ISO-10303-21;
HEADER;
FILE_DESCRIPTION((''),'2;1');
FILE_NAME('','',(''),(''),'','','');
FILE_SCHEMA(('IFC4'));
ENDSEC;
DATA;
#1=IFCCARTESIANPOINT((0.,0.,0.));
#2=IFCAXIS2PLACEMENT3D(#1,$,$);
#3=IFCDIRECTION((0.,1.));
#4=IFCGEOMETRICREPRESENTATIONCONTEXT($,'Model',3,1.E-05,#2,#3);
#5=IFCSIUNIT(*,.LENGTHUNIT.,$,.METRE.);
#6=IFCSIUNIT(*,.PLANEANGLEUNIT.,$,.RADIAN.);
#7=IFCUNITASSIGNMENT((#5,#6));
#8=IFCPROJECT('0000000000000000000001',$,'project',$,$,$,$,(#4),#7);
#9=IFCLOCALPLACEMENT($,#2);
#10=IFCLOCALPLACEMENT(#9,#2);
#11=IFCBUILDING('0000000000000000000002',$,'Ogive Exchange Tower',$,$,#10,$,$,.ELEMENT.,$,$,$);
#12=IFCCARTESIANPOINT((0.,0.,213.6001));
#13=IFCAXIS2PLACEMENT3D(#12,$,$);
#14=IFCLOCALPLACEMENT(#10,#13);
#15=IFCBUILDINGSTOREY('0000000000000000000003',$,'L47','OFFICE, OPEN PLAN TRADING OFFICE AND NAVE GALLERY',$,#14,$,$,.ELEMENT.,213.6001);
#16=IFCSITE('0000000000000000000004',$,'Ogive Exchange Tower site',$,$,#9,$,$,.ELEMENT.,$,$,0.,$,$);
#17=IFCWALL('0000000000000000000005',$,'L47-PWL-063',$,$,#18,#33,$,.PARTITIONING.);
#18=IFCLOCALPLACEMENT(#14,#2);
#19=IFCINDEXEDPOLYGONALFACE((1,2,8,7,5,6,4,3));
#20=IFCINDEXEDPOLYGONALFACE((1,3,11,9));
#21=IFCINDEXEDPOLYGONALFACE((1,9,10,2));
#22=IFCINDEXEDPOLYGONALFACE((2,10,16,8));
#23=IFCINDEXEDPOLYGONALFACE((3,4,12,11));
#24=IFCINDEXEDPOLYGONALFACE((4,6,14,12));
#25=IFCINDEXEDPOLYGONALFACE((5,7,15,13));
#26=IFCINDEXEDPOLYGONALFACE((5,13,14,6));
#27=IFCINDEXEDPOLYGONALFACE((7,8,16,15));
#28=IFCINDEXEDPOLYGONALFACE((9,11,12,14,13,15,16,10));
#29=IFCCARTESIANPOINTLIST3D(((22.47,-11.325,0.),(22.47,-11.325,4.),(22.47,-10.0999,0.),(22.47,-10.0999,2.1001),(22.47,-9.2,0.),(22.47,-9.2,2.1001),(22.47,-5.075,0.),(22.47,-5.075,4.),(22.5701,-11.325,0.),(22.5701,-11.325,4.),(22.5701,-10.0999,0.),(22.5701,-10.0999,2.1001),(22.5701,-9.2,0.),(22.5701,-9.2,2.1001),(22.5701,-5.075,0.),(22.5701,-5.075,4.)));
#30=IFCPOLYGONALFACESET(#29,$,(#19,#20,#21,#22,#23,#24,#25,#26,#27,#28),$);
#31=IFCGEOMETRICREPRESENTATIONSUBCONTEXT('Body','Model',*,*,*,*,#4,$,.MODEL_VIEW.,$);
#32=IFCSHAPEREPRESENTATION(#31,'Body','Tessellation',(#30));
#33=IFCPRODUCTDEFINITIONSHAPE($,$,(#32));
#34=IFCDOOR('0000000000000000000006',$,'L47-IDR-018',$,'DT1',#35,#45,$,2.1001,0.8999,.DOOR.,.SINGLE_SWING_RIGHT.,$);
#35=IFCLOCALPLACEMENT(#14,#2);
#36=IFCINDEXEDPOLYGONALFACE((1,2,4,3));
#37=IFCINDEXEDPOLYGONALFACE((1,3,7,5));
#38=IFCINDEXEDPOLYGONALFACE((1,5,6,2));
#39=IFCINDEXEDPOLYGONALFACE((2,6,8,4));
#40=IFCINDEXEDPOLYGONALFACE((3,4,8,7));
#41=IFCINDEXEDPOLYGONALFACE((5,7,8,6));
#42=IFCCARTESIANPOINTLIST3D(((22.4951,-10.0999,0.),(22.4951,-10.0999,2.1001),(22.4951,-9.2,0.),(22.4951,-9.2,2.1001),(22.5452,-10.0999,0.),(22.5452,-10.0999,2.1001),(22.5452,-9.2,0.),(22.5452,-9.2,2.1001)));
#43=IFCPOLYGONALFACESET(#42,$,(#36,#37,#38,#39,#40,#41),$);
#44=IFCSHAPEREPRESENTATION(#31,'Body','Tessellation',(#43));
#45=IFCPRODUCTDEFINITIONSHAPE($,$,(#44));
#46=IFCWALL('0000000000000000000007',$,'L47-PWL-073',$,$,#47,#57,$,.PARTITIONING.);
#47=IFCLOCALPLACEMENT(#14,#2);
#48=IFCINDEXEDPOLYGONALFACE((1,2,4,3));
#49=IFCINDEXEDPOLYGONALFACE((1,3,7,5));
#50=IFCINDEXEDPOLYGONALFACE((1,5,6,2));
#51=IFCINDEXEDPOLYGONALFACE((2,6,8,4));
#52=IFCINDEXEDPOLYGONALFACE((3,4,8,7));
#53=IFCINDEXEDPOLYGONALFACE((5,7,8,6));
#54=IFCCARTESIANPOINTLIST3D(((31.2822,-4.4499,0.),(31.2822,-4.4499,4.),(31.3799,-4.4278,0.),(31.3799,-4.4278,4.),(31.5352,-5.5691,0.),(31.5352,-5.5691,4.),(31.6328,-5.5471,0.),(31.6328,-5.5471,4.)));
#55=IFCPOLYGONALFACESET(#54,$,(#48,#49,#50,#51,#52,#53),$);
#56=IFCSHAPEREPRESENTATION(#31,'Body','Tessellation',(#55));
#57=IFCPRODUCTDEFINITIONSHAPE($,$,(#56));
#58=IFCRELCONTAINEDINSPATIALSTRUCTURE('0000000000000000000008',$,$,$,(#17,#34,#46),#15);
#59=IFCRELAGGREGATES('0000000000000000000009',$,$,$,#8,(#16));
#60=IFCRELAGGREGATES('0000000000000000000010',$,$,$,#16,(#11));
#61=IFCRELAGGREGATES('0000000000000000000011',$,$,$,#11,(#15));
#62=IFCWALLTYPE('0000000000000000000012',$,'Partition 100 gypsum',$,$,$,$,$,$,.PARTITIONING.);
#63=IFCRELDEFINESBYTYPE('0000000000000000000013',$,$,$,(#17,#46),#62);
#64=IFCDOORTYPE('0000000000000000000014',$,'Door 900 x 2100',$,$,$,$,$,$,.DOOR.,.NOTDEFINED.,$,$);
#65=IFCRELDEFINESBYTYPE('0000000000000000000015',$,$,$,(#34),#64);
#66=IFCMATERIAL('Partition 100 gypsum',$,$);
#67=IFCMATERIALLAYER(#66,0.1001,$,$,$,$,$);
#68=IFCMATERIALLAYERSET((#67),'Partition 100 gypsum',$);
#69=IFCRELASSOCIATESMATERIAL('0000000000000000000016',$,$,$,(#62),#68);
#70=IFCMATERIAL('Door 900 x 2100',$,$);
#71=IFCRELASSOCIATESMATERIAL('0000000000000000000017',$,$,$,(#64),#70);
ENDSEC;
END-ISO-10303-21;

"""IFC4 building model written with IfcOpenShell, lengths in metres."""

from ifc_helpers import new_model, si_unit, direction, frame, frame_2d, origin, place, context, subcontext, project, spatial, rectangle, extrude, material, layer, layer_set, type_object, element, fill, save


model = new_model("IFC4")

# Units and contexts
model_context = context("Model", 3, precision=1e-05, world=origin(), true_north=direction((0.0, 1.0)))
body_context = subcontext(model_context, "Body", "Model", "MODEL_VIEW")
ifc_project = project(units=[si_unit("LENGTHUNIT", "METRE"), si_unit("PLANEANGLEUNIT", "RADIAN")], contexts=[model_context])

# Site, building, storey
site_placement = place(None, origin())
site = spatial("IfcSite", under=ifc_project, at=site_placement, Name="Ogive Exchange Tower site", CompositionType="ELEMENT", RefElevation=0.0)
building_placement = place(site_placement, origin())
building = spatial("IfcBuilding", under=site, at=building_placement, Name="Ogive Exchange Tower", CompositionType="ELEMENT")
storey_placement = place(building_placement, frame((0.0, 0.0, 213.6001)))
storey = spatial("IfcBuildingStorey", under=building, at=storey_placement, Name="L47", Description="OFFICE, OPEN PLAN TRADING OFFICE AND NAVE GALLERY", CompositionType="ELEMENT", Elevation=213.6001)

# Wall, opening, door
ifc_material_1 = material(Name="Partition 100 gypsum")
ifc_layer_1 = layer(ifc_material_1, 0.1001)
ifc_layer_set_1 = layer_set([ifc_layer_1], Name="Partition 100 gypsum")
wall_type_1 = type_object("IfcWallType", Name="Partition 100 gypsum", PredefinedType="PARTITIONING", material=ifc_layer_set_1)
wall_1_placement = place(storey_placement, frame((22.52, -5.075, 0.0), z_axis=(0.0, 0.0, 1.0), x_axis=(0.0, -1.0, 0.0)))
wall_1 = element("IfcWall", 1, at=wall_1_placement, inside=storey, type_object=wall_type_1, Name="L47-PWL-063", PredefinedType="PARTITIONING", context=body_context, shape_type="SweptSolid", body=[
    extrude(rectangle(XDim=6.25, YDim=0.1001, at=frame_2d((3.125, 0.0))), origin(), (0.0, 0.0, 1.0), 4.0),
])
opening_1_placement = place(wall_1_placement, frame((4.125, 0.0, 0.0)))
opening_1 = element("IfcOpeningElement", 2, at=opening_1_placement, cuts=wall_1, PredefinedType="OPENING", context=body_context, shape_type="SweptSolid", body=[
    extrude(rectangle(XDim=0.8999, YDim=2.1001, at=frame_2d((0.45, 1.05))), frame((0.0, 0.0601, 0.0), z_axis=(0.0, -1.0, 0.0), x_axis=(1.0, 0.0, 0.0)), (0.0, 0.0, 1.0), 0.1201),
])
ifc_material_2 = material(Name="Door 900 x 2100")
door_type_1 = type_object("IfcDoorType", Name="Door 900 x 2100", OperationType="NOTDEFINED", PredefinedType="DOOR", material=ifc_material_2)
door_1_placement = place(opening_1_placement, frame((0.8999, 0.0, 0.0), z_axis=(0.0, 0.0, 1.0), x_axis=(-1.0, 0.0, 0.0)))
door_1 = element("IfcDoor", 3, at=door_1_placement, inside=storey, type_object=door_type_1, Name="L47-IDR-018", ObjectType="DT1", OperationType="SINGLE_SWING_RIGHT", OverallHeight=2.1001, OverallWidth=0.8999, PredefinedType="DOOR", context=body_context, shape_type="SweptSolid", body=[
    extrude(rectangle(XDim=0.8999, YDim=2.1001, at=frame_2d((0.45, 1.05))), frame((0.0, 0.0249, 0.0), z_axis=(0.0, -1.0, 0.0), x_axis=(1.0, 0.0, 0.0)), (0.0, 0.0, 1.0), 0.05),
])
fill(opening_1, door_1)

# Wall
wall_2_placement = place(storey_placement, frame((31.584, -5.5581, 0.0), z_axis=(0.0, 0.0, 1.0), x_axis=(-0.220444, 0.9754, 0.0)))
element("IfcWall", 4, at=wall_2_placement, inside=storey, type_object=wall_type_1, Name="L47-PWL-073", PredefinedType="PARTITIONING", context=body_context, shape_type="SweptSolid", body=[
    extrude(rectangle(XDim=1.1475, YDim=0.1001, at=frame_2d((0.5737, 0.0))), origin(), (0.0, 0.0, 1.0), 4.0),
])

save(model, "model.ifc")
